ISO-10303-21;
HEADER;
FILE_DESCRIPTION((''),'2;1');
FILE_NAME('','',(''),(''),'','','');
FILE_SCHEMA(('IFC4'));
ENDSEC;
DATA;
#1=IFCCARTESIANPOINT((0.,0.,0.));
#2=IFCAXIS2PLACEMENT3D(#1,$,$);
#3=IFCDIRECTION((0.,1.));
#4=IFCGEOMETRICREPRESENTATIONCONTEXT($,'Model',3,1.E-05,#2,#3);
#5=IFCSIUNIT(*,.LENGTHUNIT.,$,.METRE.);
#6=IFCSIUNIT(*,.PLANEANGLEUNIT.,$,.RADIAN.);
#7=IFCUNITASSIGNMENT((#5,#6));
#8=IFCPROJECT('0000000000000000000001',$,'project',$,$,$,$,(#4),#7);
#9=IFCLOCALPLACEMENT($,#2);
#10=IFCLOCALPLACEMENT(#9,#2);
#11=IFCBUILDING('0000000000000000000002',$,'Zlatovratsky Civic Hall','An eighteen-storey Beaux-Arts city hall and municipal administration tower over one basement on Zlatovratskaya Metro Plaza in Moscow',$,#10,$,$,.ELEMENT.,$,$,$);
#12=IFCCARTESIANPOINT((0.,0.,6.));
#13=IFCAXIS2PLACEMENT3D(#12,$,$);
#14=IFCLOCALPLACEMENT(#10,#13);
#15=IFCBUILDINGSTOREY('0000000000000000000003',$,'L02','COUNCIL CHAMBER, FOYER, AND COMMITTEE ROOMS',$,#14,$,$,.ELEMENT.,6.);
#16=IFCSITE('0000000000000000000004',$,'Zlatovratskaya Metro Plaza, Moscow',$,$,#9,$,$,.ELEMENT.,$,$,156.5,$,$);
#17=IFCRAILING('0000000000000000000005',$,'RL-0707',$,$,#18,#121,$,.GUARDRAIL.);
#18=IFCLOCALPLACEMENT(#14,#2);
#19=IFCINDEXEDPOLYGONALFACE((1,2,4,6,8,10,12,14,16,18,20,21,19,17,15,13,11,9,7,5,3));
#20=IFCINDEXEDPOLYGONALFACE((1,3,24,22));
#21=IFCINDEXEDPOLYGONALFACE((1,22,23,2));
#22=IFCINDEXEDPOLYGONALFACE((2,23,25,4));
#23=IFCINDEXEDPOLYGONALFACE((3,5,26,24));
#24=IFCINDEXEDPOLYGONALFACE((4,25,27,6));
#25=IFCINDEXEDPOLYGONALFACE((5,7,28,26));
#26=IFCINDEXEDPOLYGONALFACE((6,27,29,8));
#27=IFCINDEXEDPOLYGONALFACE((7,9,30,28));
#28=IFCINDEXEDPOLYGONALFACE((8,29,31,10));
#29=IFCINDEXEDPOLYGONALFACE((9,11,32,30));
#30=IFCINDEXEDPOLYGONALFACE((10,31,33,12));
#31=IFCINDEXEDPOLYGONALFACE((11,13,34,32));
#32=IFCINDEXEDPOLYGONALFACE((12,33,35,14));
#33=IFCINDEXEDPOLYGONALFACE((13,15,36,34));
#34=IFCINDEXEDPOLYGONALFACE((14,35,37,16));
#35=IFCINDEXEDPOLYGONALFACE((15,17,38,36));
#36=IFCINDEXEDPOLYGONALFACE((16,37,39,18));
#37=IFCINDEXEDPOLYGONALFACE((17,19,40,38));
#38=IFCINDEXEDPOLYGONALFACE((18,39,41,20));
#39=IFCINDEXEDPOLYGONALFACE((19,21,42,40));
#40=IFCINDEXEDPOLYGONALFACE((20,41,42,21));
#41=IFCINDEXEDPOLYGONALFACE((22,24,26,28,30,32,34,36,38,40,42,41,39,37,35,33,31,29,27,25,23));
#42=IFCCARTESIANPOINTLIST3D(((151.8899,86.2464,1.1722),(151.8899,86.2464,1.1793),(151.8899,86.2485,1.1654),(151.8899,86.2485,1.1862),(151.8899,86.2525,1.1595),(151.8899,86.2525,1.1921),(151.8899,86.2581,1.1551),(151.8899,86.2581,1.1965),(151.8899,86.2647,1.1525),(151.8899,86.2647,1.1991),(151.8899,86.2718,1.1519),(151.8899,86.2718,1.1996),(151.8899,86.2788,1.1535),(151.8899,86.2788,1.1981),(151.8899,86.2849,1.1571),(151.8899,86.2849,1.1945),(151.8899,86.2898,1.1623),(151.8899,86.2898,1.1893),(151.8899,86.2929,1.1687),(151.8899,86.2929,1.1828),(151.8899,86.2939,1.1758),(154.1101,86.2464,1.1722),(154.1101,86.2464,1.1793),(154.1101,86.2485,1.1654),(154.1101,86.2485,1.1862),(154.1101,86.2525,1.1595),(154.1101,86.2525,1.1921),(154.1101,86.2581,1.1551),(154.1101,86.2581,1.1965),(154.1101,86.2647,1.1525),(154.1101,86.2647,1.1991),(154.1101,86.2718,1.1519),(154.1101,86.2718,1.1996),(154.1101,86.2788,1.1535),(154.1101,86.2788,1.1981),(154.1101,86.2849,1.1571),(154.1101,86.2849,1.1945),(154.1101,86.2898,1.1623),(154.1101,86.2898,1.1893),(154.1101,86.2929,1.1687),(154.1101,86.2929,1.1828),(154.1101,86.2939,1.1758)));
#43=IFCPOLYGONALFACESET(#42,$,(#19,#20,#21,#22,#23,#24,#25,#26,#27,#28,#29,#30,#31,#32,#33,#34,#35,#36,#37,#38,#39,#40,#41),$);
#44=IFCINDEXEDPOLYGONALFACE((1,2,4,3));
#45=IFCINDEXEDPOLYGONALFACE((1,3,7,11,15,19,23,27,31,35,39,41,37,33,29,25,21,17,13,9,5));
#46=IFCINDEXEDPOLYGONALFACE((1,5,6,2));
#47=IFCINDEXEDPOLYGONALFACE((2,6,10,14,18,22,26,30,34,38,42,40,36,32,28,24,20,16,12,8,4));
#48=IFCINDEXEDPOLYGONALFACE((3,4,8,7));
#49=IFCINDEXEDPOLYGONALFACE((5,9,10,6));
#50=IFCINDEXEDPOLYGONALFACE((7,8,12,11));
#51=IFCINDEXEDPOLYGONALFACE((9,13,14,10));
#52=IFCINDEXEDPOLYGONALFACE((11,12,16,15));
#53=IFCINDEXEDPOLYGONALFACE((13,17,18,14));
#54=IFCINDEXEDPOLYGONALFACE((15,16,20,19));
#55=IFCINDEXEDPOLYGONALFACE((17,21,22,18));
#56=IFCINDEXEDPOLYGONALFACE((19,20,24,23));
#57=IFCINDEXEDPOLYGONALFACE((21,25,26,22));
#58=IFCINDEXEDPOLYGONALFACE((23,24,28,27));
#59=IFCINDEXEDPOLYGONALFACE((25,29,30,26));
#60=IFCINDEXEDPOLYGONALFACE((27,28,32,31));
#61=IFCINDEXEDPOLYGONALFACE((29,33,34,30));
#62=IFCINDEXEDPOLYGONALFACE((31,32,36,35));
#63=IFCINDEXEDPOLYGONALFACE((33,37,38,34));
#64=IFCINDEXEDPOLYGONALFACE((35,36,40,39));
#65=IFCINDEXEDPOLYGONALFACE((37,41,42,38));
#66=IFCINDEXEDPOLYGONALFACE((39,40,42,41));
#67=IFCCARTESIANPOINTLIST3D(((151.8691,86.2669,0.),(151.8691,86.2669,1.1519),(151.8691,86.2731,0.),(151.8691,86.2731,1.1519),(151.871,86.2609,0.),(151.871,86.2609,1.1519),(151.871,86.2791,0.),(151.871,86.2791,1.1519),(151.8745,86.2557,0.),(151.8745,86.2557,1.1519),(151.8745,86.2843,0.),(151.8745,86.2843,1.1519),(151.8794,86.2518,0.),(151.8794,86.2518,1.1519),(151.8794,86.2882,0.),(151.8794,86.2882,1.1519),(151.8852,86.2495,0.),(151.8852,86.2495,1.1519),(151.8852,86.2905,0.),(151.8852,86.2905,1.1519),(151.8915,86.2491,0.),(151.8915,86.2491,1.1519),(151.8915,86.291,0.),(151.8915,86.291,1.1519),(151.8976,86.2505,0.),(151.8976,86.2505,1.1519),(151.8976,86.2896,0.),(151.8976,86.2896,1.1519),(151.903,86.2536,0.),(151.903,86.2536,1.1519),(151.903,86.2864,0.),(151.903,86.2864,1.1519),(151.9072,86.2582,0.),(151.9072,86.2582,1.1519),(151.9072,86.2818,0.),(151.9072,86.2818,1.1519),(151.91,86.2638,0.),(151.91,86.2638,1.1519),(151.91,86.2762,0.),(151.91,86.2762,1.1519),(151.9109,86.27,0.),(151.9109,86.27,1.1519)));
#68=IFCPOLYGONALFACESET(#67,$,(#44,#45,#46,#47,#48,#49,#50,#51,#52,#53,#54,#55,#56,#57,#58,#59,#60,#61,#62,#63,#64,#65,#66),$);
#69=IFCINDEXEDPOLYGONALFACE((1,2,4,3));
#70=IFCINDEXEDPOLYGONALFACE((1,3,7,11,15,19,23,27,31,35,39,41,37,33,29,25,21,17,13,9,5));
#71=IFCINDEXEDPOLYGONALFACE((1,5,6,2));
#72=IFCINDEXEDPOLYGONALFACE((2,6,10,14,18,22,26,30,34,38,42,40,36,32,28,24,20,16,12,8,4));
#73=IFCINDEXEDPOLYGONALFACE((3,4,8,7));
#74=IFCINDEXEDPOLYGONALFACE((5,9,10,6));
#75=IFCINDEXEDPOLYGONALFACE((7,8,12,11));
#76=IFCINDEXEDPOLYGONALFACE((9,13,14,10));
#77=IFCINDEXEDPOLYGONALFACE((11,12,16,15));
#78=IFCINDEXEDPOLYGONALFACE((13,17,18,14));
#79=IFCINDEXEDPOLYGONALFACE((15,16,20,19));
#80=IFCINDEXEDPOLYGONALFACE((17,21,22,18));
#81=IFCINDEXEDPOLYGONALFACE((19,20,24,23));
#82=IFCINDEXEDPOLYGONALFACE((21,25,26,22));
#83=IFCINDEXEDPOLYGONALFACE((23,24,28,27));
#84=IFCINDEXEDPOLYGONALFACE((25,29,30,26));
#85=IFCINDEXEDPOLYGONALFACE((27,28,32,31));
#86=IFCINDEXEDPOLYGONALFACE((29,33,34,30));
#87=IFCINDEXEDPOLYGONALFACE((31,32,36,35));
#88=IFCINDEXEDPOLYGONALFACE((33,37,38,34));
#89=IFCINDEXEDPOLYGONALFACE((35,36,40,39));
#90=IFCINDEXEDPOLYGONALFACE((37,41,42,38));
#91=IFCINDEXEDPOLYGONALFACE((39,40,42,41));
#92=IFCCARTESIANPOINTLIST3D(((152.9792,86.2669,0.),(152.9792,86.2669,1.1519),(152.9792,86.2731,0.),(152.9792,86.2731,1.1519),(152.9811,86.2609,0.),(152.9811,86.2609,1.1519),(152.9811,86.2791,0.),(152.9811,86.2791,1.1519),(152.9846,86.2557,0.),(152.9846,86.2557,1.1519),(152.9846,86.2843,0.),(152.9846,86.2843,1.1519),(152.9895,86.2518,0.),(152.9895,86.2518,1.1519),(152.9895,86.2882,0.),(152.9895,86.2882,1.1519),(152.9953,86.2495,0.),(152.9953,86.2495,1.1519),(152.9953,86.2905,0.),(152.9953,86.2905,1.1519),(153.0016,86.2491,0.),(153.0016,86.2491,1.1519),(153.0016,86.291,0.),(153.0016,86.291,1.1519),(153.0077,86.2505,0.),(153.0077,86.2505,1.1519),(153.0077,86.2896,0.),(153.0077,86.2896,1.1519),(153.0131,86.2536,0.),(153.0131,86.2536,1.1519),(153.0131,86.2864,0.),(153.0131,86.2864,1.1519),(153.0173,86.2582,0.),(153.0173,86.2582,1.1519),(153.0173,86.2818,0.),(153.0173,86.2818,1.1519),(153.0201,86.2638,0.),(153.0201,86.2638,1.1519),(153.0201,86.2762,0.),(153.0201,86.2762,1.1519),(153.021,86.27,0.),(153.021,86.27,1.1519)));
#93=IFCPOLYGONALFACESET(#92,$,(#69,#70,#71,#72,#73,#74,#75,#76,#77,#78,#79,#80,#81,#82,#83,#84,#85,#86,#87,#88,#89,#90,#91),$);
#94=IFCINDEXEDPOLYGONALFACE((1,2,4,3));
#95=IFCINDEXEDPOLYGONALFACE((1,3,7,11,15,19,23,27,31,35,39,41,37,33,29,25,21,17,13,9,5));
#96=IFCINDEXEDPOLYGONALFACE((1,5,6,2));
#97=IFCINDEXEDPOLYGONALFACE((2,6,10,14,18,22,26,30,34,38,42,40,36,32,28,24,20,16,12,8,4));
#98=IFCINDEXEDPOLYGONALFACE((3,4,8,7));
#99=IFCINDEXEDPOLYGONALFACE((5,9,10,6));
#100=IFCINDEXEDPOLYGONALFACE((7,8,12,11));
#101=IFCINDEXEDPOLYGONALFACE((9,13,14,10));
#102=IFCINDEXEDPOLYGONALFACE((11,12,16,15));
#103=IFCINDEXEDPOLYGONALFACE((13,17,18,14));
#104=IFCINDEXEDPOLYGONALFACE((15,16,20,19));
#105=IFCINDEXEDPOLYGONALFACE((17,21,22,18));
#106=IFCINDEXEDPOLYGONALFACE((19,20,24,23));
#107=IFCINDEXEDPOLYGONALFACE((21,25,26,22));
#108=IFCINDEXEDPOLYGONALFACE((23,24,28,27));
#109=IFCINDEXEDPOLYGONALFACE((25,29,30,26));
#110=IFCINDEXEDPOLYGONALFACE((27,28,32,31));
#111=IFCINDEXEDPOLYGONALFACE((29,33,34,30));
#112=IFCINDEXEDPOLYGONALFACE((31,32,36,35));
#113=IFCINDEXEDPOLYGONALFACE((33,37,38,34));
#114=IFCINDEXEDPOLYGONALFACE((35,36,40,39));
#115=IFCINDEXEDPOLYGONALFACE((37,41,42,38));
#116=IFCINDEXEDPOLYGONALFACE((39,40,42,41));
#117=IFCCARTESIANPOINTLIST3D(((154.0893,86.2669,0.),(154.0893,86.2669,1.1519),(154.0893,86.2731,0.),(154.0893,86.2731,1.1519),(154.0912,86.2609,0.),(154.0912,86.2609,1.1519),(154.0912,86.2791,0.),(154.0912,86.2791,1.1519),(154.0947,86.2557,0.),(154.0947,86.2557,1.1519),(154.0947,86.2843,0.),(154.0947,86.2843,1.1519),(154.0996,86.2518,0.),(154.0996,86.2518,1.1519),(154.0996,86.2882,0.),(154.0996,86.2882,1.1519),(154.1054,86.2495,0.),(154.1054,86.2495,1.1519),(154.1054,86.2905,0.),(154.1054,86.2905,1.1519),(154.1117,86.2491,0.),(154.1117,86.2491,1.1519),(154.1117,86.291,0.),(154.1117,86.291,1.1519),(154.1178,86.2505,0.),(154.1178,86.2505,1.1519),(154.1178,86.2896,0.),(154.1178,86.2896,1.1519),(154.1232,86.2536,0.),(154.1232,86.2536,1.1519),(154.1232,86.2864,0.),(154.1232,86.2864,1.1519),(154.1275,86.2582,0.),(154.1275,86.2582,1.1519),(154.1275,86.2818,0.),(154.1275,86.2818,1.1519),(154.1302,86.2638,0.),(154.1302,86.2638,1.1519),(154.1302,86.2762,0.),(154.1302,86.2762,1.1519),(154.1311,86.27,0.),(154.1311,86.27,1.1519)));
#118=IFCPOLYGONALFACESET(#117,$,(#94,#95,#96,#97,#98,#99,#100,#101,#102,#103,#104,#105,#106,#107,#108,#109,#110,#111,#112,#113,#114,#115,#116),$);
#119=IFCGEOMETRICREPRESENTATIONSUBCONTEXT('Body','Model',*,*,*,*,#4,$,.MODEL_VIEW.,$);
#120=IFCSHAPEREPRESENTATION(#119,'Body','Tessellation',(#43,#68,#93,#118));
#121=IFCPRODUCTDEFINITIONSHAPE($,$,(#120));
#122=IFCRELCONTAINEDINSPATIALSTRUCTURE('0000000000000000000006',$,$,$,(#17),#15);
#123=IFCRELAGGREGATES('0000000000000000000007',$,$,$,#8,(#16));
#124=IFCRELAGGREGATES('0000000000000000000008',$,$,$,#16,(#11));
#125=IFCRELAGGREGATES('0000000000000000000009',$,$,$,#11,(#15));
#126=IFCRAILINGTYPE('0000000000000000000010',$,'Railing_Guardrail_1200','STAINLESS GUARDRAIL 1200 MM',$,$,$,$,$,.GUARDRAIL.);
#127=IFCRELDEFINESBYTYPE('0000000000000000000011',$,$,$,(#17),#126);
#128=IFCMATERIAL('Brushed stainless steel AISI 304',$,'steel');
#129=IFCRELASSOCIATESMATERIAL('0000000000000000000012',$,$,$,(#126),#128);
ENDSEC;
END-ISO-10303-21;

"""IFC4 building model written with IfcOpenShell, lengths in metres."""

from ifc_helpers import new_model, si_unit, direction, frame, origin, origin_2d, place, context, subcontext, project, spatial, circle, extrude, material, type_object, element, save


model = new_model("IFC4")

# Units and contexts
model_context = context("Model", 3, precision=1e-05, world=origin(), true_north=direction((0.0, 1.0)))
body_context = subcontext(model_context, "Body", "Model", "MODEL_VIEW")
ifc_project = project(units=[si_unit("LENGTHUNIT", "METRE"), si_unit("PLANEANGLEUNIT", "RADIAN")], contexts=[model_context])

# Site, building, storey
site_placement = place(None, origin())
site = spatial("IfcSite", under=ifc_project, at=site_placement, Name="Zlatovratskaya Metro Plaza, Moscow", CompositionType="ELEMENT", RefElevation=156.5)
building_placement = place(site_placement, origin())
building = spatial("IfcBuilding", under=site, at=building_placement, Name="Zlatovratsky Civic Hall", Description="An eighteen-storey Beaux-Arts city hall and municipal administration tower over one basement on Zlatovratskaya Metro Plaza in Moscow", CompositionType="ELEMENT")
storey_placement = place(building_placement, frame((0.0, 0.0, 6.0)))
storey = spatial("IfcBuildingStorey", under=building, at=storey_placement, Name="L02", Description="COUNCIL CHAMBER, FOYER, AND COMMITTEE ROOMS", CompositionType="ELEMENT", Elevation=6.0)

# Railing
ifc_material_1 = material(Name="Brushed stainless steel AISI 304", Category="steel")
railing_type_1 = type_object("IfcRailingType", Name="Railing_Guardrail_1200", Description="STAINLESS GUARDRAIL 1200 MM", PredefinedType="GUARDRAIL", material=ifc_material_1)
railing_1_placement = place(storey_placement, frame((151.8899, 86.27, 0.0)))
element("IfcRailing", 1, at=railing_1_placement, inside=storey, type_object=railing_type_1, Name="RL-0707", PredefinedType="GUARDRAIL", context=body_context, shape_type="SweptSolid", body=[
    extrude(circle(Radius=0.0239, at=origin_2d()), frame((0.0, 0.0, 1.1758), z_axis=(1.0, 0.0, 0.0), x_axis=(0.0, 1.0, 0.0)), (0.0, 0.0, 1.0), 2.2202),
    extrude(circle(Radius=0.021, at=origin_2d()), origin(), (0.0, 0.0, 1.0), 1.1519),
    extrude(circle(Radius=0.021, at=origin_2d()), frame((1.1101, 0.0, 0.0)), (0.0, 0.0, 1.0), 1.1519),
    extrude(circle(Radius=0.021, at=origin_2d()), frame((2.2202, 0.0, 0.0)), (0.0, 0.0, 1.0), 1.1519),
])

save(model, "model.ifc")
